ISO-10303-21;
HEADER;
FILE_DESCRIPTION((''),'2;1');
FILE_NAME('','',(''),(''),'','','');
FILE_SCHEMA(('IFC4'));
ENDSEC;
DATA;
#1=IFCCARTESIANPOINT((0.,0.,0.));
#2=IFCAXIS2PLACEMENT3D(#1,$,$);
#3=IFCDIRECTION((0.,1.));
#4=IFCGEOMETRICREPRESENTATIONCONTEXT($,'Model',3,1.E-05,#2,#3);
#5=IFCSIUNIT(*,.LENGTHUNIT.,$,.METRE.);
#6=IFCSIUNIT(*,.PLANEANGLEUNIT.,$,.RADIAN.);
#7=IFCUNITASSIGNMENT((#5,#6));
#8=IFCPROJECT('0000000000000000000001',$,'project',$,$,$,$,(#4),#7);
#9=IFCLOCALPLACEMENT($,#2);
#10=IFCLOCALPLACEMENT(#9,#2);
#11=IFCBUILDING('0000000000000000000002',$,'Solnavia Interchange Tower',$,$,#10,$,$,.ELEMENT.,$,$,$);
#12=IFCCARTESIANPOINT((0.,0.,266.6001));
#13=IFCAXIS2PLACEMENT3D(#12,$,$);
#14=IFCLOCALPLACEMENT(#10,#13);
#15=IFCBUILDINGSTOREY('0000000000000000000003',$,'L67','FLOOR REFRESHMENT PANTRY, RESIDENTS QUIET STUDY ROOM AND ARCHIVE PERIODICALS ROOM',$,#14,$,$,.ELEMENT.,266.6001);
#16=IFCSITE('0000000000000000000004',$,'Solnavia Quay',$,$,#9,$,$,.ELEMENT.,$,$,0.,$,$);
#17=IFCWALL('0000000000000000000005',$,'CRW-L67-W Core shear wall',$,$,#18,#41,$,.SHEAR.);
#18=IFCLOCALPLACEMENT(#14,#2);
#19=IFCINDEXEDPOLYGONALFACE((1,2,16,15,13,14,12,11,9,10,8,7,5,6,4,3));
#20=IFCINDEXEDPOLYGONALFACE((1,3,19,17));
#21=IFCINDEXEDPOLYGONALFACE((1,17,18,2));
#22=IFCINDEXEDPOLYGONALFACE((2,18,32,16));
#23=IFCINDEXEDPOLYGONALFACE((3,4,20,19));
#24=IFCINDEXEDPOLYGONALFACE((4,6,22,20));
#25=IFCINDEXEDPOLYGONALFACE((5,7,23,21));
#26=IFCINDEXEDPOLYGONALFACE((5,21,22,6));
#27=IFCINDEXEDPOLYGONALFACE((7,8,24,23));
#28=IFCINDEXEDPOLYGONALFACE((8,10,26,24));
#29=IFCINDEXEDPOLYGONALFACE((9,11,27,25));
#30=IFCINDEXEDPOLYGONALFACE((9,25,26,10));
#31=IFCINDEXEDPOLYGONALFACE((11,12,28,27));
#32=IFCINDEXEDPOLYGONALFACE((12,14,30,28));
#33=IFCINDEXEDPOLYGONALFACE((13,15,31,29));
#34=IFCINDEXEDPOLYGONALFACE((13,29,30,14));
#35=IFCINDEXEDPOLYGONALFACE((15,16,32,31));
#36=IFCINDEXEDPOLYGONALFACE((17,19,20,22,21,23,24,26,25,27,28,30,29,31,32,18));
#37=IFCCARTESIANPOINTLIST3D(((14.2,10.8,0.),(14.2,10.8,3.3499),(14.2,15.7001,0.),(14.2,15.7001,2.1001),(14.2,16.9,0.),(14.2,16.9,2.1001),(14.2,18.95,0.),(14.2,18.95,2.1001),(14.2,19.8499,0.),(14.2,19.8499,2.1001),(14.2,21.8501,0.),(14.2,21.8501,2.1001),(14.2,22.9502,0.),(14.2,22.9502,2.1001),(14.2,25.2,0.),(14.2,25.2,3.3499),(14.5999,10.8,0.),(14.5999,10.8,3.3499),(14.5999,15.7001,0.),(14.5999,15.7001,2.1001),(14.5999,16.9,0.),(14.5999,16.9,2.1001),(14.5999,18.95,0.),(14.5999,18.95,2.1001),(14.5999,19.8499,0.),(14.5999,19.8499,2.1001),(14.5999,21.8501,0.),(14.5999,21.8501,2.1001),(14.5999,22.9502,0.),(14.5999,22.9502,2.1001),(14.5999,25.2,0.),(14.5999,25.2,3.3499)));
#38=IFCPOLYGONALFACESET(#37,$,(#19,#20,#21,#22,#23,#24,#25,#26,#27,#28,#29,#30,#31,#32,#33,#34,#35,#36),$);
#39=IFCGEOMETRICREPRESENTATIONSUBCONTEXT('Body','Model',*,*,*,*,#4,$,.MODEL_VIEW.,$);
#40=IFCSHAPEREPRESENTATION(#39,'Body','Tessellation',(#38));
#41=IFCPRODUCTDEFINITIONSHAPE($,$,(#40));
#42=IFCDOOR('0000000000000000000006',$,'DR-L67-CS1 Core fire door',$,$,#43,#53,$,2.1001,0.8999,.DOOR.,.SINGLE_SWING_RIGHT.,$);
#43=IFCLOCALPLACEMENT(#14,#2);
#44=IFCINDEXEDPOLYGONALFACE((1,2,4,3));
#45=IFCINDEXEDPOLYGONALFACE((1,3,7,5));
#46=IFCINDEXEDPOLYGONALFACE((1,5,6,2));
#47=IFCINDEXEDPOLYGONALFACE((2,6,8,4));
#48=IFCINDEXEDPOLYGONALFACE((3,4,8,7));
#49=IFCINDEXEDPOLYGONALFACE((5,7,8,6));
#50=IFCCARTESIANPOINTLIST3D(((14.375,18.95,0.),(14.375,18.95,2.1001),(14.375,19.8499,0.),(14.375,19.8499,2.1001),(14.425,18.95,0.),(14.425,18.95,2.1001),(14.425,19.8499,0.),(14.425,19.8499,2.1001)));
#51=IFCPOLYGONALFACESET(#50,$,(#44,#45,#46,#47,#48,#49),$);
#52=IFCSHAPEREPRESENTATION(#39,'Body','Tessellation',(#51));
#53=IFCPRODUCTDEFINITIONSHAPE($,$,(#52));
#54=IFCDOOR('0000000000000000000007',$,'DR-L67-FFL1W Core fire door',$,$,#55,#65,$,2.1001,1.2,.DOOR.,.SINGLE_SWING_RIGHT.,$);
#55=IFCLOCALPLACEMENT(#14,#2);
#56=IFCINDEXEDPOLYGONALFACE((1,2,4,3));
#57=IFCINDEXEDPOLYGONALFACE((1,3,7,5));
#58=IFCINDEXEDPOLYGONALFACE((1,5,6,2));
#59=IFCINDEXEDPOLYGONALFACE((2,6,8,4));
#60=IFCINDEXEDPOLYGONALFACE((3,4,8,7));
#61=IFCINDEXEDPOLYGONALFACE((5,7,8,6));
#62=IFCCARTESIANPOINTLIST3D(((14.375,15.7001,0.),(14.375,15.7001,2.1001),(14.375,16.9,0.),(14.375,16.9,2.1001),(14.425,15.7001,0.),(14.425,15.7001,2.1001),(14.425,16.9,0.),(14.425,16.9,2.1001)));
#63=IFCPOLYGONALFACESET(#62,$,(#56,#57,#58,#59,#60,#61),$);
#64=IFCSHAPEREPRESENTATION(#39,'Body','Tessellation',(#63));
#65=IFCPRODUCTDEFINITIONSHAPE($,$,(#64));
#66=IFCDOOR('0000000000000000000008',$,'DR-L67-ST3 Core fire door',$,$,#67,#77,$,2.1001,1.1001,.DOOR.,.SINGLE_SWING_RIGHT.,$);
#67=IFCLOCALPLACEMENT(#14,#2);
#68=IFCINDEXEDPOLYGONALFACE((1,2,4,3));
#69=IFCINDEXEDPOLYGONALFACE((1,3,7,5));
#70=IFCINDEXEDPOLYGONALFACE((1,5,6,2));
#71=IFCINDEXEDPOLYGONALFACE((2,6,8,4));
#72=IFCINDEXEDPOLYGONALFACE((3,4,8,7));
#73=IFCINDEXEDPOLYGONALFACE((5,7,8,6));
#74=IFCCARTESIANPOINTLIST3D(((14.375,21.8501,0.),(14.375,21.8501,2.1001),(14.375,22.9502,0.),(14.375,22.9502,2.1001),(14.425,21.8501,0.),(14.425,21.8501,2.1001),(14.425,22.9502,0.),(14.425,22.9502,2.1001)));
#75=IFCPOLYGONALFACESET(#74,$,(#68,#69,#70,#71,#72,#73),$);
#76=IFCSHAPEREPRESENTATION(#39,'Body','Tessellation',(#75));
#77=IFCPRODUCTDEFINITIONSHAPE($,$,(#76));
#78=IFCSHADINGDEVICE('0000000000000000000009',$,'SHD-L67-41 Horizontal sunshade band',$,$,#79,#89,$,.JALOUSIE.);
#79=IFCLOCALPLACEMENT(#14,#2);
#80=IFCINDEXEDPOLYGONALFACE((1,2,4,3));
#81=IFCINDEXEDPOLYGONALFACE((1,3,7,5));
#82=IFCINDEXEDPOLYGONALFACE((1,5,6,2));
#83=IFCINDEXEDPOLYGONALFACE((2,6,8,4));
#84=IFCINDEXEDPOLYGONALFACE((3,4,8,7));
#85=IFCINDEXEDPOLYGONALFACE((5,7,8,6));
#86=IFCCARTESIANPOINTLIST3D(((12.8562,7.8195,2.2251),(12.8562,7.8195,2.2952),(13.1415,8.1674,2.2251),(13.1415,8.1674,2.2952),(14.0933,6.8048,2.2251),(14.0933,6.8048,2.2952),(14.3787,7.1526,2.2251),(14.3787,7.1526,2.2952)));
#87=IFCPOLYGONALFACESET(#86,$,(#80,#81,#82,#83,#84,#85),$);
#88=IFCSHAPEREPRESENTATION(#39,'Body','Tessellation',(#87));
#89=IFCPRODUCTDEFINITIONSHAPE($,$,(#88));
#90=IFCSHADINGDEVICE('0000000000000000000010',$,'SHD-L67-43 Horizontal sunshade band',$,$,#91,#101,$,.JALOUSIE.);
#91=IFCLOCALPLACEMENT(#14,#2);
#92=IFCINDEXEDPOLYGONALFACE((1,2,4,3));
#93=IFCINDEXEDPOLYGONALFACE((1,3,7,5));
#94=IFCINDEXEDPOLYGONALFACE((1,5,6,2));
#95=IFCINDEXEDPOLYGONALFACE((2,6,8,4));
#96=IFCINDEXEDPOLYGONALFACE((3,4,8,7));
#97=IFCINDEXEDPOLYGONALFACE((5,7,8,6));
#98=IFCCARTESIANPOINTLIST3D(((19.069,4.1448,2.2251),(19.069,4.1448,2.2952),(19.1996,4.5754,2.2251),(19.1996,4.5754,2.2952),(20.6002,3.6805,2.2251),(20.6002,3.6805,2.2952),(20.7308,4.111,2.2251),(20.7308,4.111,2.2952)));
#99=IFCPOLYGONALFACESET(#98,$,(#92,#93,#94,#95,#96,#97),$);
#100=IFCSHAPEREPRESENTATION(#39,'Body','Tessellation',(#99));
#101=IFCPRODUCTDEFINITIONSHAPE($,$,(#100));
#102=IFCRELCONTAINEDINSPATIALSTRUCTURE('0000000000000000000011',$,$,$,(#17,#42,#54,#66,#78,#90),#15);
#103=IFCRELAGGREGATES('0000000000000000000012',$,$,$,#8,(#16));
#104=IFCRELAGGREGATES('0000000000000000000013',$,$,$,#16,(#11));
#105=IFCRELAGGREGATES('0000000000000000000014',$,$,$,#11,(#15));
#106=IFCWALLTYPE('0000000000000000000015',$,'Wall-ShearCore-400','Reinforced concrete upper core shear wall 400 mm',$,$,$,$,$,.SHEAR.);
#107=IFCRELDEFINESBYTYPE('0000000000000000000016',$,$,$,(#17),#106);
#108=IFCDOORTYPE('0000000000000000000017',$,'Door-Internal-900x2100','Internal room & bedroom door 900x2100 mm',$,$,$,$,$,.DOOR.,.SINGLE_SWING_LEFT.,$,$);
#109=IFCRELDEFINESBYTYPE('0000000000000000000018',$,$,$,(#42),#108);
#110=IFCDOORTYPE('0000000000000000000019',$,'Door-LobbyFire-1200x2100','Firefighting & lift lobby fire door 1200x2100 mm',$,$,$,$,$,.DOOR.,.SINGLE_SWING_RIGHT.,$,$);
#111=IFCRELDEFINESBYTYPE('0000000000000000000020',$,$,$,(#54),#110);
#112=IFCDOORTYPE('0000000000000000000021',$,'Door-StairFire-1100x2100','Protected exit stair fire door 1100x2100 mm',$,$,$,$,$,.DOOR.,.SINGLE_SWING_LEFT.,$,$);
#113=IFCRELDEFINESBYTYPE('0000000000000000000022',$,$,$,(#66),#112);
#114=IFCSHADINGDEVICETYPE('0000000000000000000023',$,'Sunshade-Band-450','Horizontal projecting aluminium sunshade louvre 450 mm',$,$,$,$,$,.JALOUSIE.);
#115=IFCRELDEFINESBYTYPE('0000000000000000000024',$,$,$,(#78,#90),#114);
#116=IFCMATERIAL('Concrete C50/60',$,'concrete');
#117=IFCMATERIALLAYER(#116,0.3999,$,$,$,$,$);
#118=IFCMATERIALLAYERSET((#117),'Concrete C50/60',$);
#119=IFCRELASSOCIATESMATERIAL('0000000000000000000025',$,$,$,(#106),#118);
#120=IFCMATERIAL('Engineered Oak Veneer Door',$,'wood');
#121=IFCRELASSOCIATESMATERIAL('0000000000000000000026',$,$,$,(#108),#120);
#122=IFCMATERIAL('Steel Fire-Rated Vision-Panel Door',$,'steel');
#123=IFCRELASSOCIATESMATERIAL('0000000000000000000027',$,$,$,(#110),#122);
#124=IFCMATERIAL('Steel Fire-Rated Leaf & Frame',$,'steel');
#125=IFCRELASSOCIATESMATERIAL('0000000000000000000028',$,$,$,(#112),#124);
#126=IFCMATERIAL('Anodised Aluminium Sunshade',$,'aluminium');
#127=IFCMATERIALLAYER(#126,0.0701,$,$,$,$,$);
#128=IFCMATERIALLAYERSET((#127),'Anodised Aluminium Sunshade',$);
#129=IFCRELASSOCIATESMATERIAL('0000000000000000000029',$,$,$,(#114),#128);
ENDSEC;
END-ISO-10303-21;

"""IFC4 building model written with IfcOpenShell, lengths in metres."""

from ifc_helpers import new_model, si_unit, direction, frame, frame_2d, origin, origin_2d, place, context, subcontext, project, spatial, rectangle, extrude, material, layer, layer_set, type_object, element, fill, save


model = new_model("IFC4")

# Units and contexts
model_context = context("Model", 3, precision=1e-05, world=origin(), true_north=direction((0.0, 1.0)))
body_context = subcontext(model_context, "Body", "Model", "MODEL_VIEW")
ifc_project = project(units=[si_unit("LENGTHUNIT", "METRE"), si_unit("PLANEANGLEUNIT", "RADIAN")], contexts=[model_context])

# Site, building, storey
site_placement = place(None, origin())
site = spatial("IfcSite", under=ifc_project, at=site_placement, Name="Solnavia Quay", CompositionType="ELEMENT", RefElevation=0.0)
building_placement = place(site_placement, origin())
building = spatial("IfcBuilding", under=site, at=building_placement, Name="Solnavia Interchange Tower", CompositionType="ELEMENT")
storey_placement = place(building_placement, frame((0.0, 0.0, 266.6001)))
storey = spatial("IfcBuildingStorey", under=building, at=storey_placement, Name="L67", Description="FLOOR REFRESHMENT PANTRY, RESIDENTS QUIET STUDY ROOM AND ARCHIVE PERIODICALS ROOM", CompositionType="ELEMENT", Elevation=266.6001)

# Shared definitions
ifc_material_1 = material(Name="Concrete C50/60", Category="concrete")

# Shared definitions
ifc_layer_1 = layer(ifc_material_1, 0.3999)
ifc_layer_set_1 = layer_set([ifc_layer_1], Name="Concrete C50/60")
wall_type_1 = type_object("IfcWallType", Name="Wall-ShearCore-400", Description="Reinforced concrete upper core shear wall 400 mm", PredefinedType="SHEAR", material=ifc_layer_set_1)

# Wall, openings, doors
wall_1_placement = place(storey_placement, frame((14.3999, 10.8, 0.0), z_axis=(0.0, 0.0, 1.0), x_axis=(0.0, 1.0, 0.0)))
wall_1 = element("IfcWall", 1, at=wall_1_placement, inside=storey, type_object=wall_type_1, Name="CRW-L67-W Core shear wall", PredefinedType="SHEAR", context=body_context, shape_type="SweptSolid", body=[
    extrude(rectangle(XDim=14.3999, YDim=0.3999, at=frame_2d((7.2, 0.0))), origin(), (0.0, 0.0, 1.0), 3.3499),
])
opening_1_placement = place(wall_1_placement, frame((11.05, 0.0, 0.0)))
opening_1 = element("IfcOpeningElement", 2, at=opening_1_placement, cuts=wall_1, PredefinedType="OPENING", context=body_context, shape_type="SweptSolid", body=[
    extrude(rectangle(XDim=1.1001, YDim=2.1001, at=frame_2d((0.55, 1.05))), frame((0.0, 0.21, 0.0), z_axis=(0.0, -1.0, 0.0), x_axis=(1.0, 0.0, 0.0)), (0.0, 0.0, 1.0), 0.4199),
])
opening_2_placement = place(wall_1_placement, frame((4.8999, 0.0, 0.0)))
opening_2 = element("IfcOpeningElement", 3, at=opening_2_placement, cuts=wall_1, PredefinedType="OPENING", context=body_context, shape_type="SweptSolid", body=[
    extrude(rectangle(XDim=1.2, YDim=2.1001, at=frame_2d((0.6001, 1.05))), frame((0.0, 0.21, 0.0), z_axis=(0.0, -1.0, 0.0), x_axis=(1.0, 0.0, 0.0)), (0.0, 0.0, 1.0), 0.4199),
])
opening_3_placement = place(wall_1_placement, frame((8.1499, 0.0, 0.0)))
opening_3 = element("IfcOpeningElement", 4, at=opening_3_placement, cuts=wall_1, PredefinedType="OPENING", context=body_context, shape_type="SweptSolid", body=[
    extrude(rectangle(XDim=0.8999, YDim=2.1001, at=frame_2d((0.45, 1.05))), frame((0.0, 0.21, 0.0), z_axis=(0.0, -1.0, 0.0), x_axis=(1.0, 0.0, 0.0)), (0.0, 0.0, 1.0), 0.4199),
])
ifc_material_2 = material(Name="Engineered Oak Veneer Door", Category="wood")
door_type_1 = type_object("IfcDoorType", Name="Door-Internal-900x2100", Description="Internal room & bedroom door 900x2100 mm", OperationType="SINGLE_SWING_LEFT", PredefinedType="DOOR", material=ifc_material_2)
door_1_placement = place(opening_3_placement, origin())
door_1 = element("IfcDoor", 5, at=door_1_placement, inside=storey, type_object=door_type_1, Name="DR-L67-CS1 Core fire door", OperationType="SINGLE_SWING_RIGHT", OverallHeight=2.1001, OverallWidth=0.8999, PredefinedType="DOOR", context=body_context, shape_type="SweptSolid", body=[
    extrude(rectangle(XDim=0.8999, YDim=2.1001, at=frame_2d((0.45, 1.05))), frame((0.0, 0.0249, 0.0), z_axis=(0.0, -1.0, 0.0), x_axis=(1.0, 0.0, 0.0)), (0.0, 0.0, 1.0), 0.05),
])
fill(opening_3, door_1)
ifc_material_3 = material(Name="Steel Fire-Rated Vision-Panel Door", Category="steel")
door_type_2 = type_object("IfcDoorType", Name="Door-LobbyFire-1200x2100", Description="Firefighting & lift lobby fire door 1200x2100 mm", OperationType="SINGLE_SWING_RIGHT", PredefinedType="DOOR", material=ifc_material_3)
door_2_placement = place(opening_2_placement, origin())
door_2 = element("IfcDoor", 6, at=door_2_placement, inside=storey, type_object=door_type_2, Name="DR-L67-FFL1W Core fire door", OperationType="SINGLE_SWING_RIGHT", OverallHeight=2.1001, OverallWidth=1.2, PredefinedType="DOOR", context=body_context, shape_type="SweptSolid", body=[
    extrude(rectangle(XDim=1.2, YDim=2.1001, at=frame_2d((0.6001, 1.05))), frame((0.0, 0.0249, 0.0), z_axis=(0.0, -1.0, 0.0), x_axis=(1.0, 0.0, 0.0)), (0.0, 0.0, 1.0), 0.05),
])
fill(opening_2, door_2)
ifc_material_4 = material(Name="Steel Fire-Rated Leaf & Frame", Category="steel")
door_type_3 = type_object("IfcDoorType", Name="Door-StairFire-1100x2100", Description="Protected exit stair fire door 1100x2100 mm", OperationType="SINGLE_SWING_LEFT", PredefinedType="DOOR", material=ifc_material_4)
door_3_placement = place(opening_1_placement, origin())
door_3 = element("IfcDoor", 7, at=door_3_placement, inside=storey, type_object=door_type_3, Name="DR-L67-ST3 Core fire door", OperationType="SINGLE_SWING_RIGHT", OverallHeight=2.1001, OverallWidth=1.1001, PredefinedType="DOOR", context=body_context, shape_type="SweptSolid", body=[
    extrude(rectangle(XDim=1.1001, YDim=2.1001, at=frame_2d((0.55, 1.05))), frame((0.0, 0.0249, 0.0), z_axis=(0.0, -1.0, 0.0), x_axis=(1.0, 0.0, 0.0)), (0.0, 0.0, 1.0), 0.05),
])
fill(opening_1, door_3)

# Shading devices
ifc_material_5 = material(Name="Anodised Aluminium Sunshade", Category="aluminium")
ifc_layer_2 = layer(ifc_material_5, 0.0701)
ifc_layer_set_2 = layer_set([ifc_layer_2], Name="Anodised Aluminium Sunshade")
shading_device_type = type_object("IfcShadingDeviceType", Name="Sunshade-Band-450", Description="Horizontal projecting aluminium sunshade louvre 450 mm", PredefinedType="JALOUSIE", material=ifc_layer_set_2)
for number, where, z_axis, x_axis, name in (
    (8, (13.6174, 7.4861, 2.2251), (0.0, 0.0, 1.0), (-0.773177, 0.634191, 0.0), "SHD-L67-41 Horizontal sunshade band"),
    (9, (19.8999, 4.1279, 2.2251), (0.0, 0.0, 1.0), (-0.956966, 0.290201, 0.0), "SHD-L67-43 Horizontal sunshade band"),
):
    element("IfcShadingDevice", number, at=place(storey_placement, frame(where, z_axis=z_axis, x_axis=x_axis)), inside=storey, type_object=shading_device_type, Name=name, PredefinedType="JALOUSIE", context=body_context, shape_type="SweptSolid", body=[
        extrude(rectangle(XDim=1.6001, YDim=0.45, at=origin_2d()), origin(), (0.0, 0.0, 1.0), 0.0701),
    ])

save(model, "model.ifc")
